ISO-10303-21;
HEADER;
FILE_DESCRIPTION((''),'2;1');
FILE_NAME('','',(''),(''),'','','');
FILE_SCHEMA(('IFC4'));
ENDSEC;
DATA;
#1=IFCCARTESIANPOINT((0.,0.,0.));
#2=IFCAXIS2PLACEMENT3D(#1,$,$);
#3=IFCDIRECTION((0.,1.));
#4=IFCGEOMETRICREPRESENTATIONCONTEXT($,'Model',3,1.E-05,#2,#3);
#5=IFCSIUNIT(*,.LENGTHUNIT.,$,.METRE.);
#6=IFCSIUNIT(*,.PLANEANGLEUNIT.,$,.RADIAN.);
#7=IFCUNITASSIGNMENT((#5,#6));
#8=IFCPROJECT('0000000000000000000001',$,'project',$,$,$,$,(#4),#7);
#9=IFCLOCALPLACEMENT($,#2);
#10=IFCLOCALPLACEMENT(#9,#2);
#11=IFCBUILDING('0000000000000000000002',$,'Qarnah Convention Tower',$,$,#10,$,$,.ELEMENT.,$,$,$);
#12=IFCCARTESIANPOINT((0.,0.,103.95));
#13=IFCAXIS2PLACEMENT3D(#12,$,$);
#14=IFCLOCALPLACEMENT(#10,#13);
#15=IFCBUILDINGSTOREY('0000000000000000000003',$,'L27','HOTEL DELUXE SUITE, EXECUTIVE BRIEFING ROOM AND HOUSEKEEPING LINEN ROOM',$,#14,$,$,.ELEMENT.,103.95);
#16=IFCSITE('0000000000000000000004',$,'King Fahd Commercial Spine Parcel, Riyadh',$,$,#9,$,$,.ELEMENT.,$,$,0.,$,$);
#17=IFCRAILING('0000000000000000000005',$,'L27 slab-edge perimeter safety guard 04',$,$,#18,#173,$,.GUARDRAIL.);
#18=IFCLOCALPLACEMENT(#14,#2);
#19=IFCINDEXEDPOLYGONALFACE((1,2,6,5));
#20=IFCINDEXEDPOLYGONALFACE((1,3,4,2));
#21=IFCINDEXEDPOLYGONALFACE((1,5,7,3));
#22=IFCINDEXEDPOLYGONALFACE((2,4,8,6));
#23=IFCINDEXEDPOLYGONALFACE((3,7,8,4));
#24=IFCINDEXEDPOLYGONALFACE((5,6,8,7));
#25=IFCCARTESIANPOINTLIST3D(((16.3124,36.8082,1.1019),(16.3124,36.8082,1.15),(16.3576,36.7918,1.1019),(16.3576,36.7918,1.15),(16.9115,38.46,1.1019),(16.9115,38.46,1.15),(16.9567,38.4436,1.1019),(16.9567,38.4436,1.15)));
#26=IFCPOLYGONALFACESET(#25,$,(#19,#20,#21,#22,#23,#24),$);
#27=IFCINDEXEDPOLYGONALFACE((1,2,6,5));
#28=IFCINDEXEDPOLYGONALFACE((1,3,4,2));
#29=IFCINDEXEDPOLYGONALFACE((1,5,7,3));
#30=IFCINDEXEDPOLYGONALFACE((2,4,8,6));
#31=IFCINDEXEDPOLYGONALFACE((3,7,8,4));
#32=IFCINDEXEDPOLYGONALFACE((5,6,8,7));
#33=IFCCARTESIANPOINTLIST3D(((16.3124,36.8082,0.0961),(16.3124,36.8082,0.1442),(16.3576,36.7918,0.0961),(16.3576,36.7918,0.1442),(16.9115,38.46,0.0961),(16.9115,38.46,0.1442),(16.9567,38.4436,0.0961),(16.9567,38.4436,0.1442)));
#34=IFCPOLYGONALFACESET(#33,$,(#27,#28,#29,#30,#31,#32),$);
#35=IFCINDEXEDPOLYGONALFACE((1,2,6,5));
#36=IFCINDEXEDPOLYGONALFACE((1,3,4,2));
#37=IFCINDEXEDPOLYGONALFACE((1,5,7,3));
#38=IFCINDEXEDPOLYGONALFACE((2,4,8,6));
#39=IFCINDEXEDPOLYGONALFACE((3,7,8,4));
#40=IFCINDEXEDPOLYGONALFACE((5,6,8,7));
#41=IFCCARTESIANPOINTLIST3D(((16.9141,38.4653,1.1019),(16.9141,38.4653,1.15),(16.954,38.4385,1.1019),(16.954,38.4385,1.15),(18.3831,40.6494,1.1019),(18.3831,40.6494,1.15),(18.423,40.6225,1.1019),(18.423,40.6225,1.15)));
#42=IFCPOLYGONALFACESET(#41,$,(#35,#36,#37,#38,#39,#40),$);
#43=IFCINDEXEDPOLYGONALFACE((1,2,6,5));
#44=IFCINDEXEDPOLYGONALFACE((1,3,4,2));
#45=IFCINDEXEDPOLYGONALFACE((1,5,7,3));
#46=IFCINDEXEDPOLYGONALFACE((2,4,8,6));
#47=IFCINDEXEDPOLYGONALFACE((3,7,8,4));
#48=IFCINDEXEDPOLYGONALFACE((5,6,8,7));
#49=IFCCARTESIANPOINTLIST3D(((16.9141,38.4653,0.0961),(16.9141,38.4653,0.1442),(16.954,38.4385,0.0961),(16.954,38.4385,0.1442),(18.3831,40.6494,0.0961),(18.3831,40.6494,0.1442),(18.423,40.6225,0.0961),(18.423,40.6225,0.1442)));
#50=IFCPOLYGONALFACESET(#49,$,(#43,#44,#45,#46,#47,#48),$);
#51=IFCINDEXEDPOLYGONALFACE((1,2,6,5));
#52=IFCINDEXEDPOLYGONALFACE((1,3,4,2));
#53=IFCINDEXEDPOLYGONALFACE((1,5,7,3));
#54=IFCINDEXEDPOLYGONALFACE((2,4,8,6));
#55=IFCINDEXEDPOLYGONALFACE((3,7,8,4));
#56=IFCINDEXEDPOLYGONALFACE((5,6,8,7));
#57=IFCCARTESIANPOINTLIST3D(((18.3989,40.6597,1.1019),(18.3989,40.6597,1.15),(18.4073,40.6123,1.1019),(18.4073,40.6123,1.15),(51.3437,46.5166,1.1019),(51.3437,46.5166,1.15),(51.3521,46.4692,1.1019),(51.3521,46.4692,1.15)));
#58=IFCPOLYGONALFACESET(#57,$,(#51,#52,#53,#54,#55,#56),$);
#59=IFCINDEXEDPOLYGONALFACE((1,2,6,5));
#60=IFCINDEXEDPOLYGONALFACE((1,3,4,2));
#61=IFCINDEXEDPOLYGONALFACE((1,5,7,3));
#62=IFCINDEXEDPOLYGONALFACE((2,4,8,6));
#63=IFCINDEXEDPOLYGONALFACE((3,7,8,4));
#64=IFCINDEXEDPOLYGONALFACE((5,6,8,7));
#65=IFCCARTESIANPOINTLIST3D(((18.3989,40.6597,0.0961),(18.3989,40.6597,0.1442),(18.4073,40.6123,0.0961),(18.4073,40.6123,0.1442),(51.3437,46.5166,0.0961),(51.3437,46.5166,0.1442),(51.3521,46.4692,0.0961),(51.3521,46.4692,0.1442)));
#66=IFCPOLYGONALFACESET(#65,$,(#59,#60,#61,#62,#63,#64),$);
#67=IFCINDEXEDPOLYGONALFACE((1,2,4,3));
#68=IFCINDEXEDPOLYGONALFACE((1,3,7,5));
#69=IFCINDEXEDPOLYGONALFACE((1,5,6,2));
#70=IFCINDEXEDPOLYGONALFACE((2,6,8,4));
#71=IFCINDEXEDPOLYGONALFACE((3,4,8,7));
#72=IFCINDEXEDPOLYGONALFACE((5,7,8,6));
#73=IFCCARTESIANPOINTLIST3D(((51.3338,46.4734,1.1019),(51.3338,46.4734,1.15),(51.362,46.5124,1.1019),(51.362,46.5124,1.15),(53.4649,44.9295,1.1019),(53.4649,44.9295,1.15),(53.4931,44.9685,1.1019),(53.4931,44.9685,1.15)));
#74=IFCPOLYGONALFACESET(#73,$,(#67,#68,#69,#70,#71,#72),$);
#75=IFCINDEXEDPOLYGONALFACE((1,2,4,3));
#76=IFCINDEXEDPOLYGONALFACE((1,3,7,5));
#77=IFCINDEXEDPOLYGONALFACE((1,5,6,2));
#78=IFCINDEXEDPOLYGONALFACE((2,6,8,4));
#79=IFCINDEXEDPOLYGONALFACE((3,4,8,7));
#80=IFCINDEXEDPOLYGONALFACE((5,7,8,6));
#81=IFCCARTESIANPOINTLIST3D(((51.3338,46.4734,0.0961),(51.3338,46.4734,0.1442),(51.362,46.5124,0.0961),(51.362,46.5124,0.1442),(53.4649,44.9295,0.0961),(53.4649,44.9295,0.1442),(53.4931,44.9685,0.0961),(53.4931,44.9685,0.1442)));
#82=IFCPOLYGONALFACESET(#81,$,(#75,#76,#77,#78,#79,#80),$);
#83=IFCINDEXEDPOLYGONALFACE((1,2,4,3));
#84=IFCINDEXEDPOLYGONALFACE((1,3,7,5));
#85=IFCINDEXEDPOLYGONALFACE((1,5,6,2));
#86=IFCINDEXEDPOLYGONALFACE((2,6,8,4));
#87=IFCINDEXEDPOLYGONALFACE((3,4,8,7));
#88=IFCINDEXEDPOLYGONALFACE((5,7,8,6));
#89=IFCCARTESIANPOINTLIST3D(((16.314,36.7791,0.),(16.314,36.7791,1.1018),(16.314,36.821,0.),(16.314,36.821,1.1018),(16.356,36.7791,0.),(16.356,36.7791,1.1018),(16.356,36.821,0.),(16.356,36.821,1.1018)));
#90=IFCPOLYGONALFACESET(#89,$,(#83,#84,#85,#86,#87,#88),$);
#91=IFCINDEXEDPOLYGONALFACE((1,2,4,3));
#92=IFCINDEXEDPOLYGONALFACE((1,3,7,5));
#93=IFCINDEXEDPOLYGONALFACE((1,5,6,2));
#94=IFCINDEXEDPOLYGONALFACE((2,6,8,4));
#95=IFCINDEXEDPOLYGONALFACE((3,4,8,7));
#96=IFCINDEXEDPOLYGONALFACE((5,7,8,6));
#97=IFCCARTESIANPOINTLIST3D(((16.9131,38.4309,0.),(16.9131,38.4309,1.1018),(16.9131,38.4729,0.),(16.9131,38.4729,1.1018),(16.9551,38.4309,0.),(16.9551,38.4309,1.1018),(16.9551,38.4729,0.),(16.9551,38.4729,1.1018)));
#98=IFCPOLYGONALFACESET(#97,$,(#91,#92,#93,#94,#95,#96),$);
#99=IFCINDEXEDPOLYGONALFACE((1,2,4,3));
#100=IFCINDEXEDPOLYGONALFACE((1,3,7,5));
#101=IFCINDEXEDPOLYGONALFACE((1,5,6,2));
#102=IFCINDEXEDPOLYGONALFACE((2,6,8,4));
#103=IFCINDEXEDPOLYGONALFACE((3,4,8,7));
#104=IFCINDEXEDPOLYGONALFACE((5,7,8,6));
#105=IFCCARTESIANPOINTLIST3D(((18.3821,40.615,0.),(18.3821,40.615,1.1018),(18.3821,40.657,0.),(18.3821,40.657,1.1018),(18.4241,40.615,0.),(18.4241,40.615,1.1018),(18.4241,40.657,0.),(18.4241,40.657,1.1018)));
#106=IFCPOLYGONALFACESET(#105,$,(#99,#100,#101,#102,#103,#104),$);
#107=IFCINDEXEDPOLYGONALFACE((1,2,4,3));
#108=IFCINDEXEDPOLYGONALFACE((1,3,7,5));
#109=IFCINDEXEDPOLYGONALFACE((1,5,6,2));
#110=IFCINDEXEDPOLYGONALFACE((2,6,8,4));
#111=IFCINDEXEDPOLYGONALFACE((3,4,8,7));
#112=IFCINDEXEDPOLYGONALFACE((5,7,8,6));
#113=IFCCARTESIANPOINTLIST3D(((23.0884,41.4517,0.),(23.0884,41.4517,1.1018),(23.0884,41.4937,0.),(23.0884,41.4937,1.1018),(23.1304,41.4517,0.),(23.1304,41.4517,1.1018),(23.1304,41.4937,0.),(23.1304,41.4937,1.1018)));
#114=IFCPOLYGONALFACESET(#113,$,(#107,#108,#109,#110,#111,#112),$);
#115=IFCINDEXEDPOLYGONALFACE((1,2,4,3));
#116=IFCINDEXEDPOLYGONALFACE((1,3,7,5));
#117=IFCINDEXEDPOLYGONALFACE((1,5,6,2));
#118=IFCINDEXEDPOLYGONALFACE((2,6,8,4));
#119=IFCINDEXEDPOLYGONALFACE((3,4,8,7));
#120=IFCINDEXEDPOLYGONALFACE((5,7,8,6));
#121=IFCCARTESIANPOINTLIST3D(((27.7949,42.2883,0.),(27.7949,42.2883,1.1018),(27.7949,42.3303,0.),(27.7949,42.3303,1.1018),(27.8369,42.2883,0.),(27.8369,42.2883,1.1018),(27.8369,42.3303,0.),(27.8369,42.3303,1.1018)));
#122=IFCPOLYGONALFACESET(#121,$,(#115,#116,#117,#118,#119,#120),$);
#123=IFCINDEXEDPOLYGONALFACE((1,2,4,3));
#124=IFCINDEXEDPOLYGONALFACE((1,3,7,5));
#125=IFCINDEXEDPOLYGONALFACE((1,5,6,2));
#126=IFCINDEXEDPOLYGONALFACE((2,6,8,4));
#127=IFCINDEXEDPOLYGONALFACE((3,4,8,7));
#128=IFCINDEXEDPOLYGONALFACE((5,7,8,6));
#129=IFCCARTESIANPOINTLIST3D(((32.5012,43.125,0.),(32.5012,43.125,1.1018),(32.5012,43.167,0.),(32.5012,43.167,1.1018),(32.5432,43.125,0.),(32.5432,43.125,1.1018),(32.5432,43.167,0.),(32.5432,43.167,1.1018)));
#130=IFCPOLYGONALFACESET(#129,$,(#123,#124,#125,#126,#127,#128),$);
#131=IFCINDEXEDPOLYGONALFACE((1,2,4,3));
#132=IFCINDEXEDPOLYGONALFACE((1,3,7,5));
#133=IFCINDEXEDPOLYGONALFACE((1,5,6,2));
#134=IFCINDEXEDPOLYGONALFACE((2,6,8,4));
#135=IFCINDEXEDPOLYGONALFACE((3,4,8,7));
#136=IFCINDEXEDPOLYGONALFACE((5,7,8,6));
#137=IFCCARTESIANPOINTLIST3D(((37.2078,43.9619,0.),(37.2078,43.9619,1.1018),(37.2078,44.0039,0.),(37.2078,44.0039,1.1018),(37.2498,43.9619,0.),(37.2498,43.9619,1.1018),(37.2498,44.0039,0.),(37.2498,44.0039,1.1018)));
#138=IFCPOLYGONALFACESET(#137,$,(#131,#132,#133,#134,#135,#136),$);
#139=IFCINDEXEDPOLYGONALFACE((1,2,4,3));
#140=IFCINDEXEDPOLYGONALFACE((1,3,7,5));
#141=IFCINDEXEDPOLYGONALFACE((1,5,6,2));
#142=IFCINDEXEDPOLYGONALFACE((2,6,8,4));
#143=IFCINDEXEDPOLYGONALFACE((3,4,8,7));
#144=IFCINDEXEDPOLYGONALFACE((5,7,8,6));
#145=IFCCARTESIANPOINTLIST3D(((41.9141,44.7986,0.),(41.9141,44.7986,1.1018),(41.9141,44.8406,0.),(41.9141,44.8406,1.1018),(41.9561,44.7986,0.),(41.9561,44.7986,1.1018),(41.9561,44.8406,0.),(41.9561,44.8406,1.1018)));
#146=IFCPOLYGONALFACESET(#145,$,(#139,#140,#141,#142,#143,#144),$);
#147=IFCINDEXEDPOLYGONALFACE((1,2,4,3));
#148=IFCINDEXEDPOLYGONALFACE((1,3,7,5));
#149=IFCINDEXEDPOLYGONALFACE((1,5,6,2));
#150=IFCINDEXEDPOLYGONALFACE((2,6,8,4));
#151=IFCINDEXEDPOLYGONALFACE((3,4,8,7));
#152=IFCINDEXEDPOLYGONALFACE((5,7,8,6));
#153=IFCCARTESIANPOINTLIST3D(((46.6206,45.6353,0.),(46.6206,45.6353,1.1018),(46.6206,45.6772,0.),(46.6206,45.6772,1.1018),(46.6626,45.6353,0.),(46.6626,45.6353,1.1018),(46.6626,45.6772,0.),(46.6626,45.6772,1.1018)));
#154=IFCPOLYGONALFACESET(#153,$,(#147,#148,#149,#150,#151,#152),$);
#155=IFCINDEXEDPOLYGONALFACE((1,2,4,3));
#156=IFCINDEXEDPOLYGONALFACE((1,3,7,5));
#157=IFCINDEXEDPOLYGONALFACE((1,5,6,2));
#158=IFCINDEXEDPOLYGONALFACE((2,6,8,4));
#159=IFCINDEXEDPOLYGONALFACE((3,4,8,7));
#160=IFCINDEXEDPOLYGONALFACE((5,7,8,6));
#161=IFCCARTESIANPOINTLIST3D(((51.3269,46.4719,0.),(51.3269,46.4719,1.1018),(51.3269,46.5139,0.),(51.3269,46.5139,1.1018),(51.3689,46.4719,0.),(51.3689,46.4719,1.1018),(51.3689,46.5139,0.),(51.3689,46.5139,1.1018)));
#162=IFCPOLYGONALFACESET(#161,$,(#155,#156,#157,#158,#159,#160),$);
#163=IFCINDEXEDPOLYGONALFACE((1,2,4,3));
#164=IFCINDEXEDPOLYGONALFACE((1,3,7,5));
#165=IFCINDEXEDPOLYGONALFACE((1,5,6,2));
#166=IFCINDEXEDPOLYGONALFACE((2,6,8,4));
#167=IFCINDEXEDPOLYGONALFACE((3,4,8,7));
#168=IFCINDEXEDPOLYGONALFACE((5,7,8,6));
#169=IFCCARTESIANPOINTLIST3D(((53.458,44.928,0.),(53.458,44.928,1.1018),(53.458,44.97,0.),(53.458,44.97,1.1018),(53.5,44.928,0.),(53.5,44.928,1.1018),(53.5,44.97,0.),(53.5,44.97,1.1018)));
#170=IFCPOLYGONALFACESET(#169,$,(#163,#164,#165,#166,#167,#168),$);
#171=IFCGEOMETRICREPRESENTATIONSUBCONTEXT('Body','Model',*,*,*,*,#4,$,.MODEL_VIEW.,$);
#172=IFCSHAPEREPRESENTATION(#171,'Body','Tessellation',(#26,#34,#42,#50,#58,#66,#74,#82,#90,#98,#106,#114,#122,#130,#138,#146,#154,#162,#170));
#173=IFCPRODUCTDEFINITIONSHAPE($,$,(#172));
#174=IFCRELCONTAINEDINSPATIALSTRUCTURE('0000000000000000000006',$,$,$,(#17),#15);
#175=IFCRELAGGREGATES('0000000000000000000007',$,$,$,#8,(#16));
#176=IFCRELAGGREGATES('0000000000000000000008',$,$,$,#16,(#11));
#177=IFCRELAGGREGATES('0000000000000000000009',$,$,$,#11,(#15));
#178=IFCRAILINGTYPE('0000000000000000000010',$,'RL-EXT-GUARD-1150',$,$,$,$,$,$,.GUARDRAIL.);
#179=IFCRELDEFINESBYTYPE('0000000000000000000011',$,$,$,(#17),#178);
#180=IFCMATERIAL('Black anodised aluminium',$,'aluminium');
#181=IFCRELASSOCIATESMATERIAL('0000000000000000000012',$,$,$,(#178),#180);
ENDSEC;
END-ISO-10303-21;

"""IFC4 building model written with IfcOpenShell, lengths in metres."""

from ifc_helpers import new_model, si_unit, direction, frame, origin, origin_2d, place, context, subcontext, project, spatial, rectangle, extrude, material, type_object, element, save


model = new_model("IFC4")

# Units and contexts
model_context = context("Model", 3, precision=1e-05, world=origin(), true_north=direction((0.0, 1.0)))
body_context = subcontext(model_context, "Body", "Model", "MODEL_VIEW")
ifc_project = project(units=[si_unit("LENGTHUNIT", "METRE"), si_unit("PLANEANGLEUNIT", "RADIAN")], contexts=[model_context])

# Site, building, storey
site_placement = place(None, origin())
site = spatial("IfcSite", under=ifc_project, at=site_placement, Name="King Fahd Commercial Spine Parcel, Riyadh", CompositionType="ELEMENT", RefElevation=0.0)
building_placement = place(site_placement, origin())
building = spatial("IfcBuilding", under=site, at=building_placement, Name="Qarnah Convention Tower", CompositionType="ELEMENT")
storey_placement = place(building_placement, frame((0.0, 0.0, 103.95)))
storey = spatial("IfcBuildingStorey", under=building, at=storey_placement, Name="L27", Description="HOTEL DELUXE SUITE, EXECUTIVE BRIEFING ROOM AND HOUSEKEEPING LINEN ROOM", CompositionType="ELEMENT", Elevation=103.95)

# Shared definitions
ifc_material_1 = material(Name="Black anodised aluminium", Category="aluminium")

# Railing
railing_type = type_object("IfcRailingType", Name="RL-EXT-GUARD-1150", PredefinedType="GUARDRAIL", material=ifc_material_1)
railing_1_placement = place(storey_placement, frame((16.335, 36.8, 0.0)))
element("IfcRailing", 1, at=railing_1_placement, inside=storey, type_object=railing_type, Name="L27 slab-edge perimeter safety guard 04", PredefinedType="GUARDRAIL", context=body_context, shape_type="SweptSolid", body=[
    extrude(rectangle(XDim=0.0481, YDim=0.0481, at=origin_2d()), frame((0.0, 0.0, 1.126), z_axis=(0.340962, 0.940077, 0.0), x_axis=(-0.940077, 0.340962, 0.0)), (0.0, 0.0, 1.0), 1.7571),
    extrude(rectangle(XDim=0.0481, YDim=0.0481, at=origin_2d()), frame((0.0, 0.0, 0.1201), z_axis=(0.340962, 0.940077, 0.0), x_axis=(-0.940077, 0.340962, 0.0)), (0.0, 0.0, 1.0), 1.7571),
    extrude(rectangle(XDim=0.0481, YDim=0.0481, at=origin_2d()), frame((0.5991, 1.6519, 1.126), z_axis=(0.558099, 0.829774, 0.0), x_axis=(-0.829774, 0.558099, 0.0)), (0.0, 0.0, 1.0), 2.6321),
    extrude(rectangle(XDim=0.0481, YDim=0.0481, at=origin_2d()), frame((0.5991, 1.6519, 0.1201), z_axis=(0.558099, 0.829774, 0.0), x_axis=(-0.829774, 0.558099, 0.0)), (0.0, 0.0, 1.0), 2.6321),
    extrude(rectangle(XDim=0.0481, YDim=0.0481, at=origin_2d()), frame((2.0681, 3.8359, 1.126), z_axis=(0.984562, 0.175036, 0.0), x_axis=(-0.175036, 0.984562, 0.0)), (0.0, 0.0, 1.0), 33.4614),
    extrude(rectangle(XDim=0.0481, YDim=0.0481, at=origin_2d()), frame((2.0681, 3.8359, 0.1201), z_axis=(0.984562, 0.175036, 0.0), x_axis=(-0.175036, 0.984562, 0.0)), (0.0, 0.0, 1.0), 33.4614),
    extrude(rectangle(XDim=0.0481, YDim=0.0481, at=origin_2d()), frame((35.0129, 9.6929, 1.126), z_axis=(0.80981, -0.586692, 0.0), x_axis=(0.586692, 0.80981, 0.0)), (0.0, 0.0, 1.0), 2.6316),
    extrude(rectangle(XDim=0.0481, YDim=0.0481, at=origin_2d()), frame((35.0129, 9.6929, 0.1201), z_axis=(0.80981, -0.586692, 0.0), x_axis=(0.586692, 0.80981, 0.0)), (0.0, 0.0, 1.0), 2.6316),
    extrude(rectangle(XDim=0.042, YDim=0.042, at=origin_2d()), origin(), (0.0, 0.0, 1.0), 1.1018),
    extrude(rectangle(XDim=0.042, YDim=0.042, at=origin_2d()), frame((0.5991, 1.6519, 0.0)), (0.0, 0.0, 1.0), 1.1018),
    extrude(rectangle(XDim=0.042, YDim=0.042, at=origin_2d()), frame((2.0681, 3.8359, 0.0)), (0.0, 0.0, 1.0), 1.1018),
    extrude(rectangle(XDim=0.042, YDim=0.042, at=origin_2d()), frame((6.7744, 4.6726, 0.0)), (0.0, 0.0, 1.0), 1.1018),
    extrude(rectangle(XDim=0.042, YDim=0.042, at=origin_2d()), frame((11.481, 5.5093, 0.0)), (0.0, 0.0, 1.0), 1.1018),
    extrude(rectangle(XDim=0.042, YDim=0.042, at=origin_2d()), frame((16.1873, 6.3459, 0.0)), (0.0, 0.0, 1.0), 1.1018),
    extrude(rectangle(XDim=0.042, YDim=0.042, at=origin_2d()), frame((20.8938, 7.1829, 0.0)), (0.0, 0.0, 1.0), 1.1018),
    extrude(rectangle(XDim=0.042, YDim=0.042, at=origin_2d()), frame((25.6001, 8.0195, 0.0)), (0.0, 0.0, 1.0), 1.1018),
    extrude(rectangle(XDim=0.042, YDim=0.042, at=origin_2d()), frame((30.3066, 8.8562, 0.0)), (0.0, 0.0, 1.0), 1.1018),
    extrude(rectangle(XDim=0.042, YDim=0.042, at=origin_2d()), frame((35.0129, 9.6929, 0.0)), (0.0, 0.0, 1.0), 1.1018),
    extrude(rectangle(XDim=0.042, YDim=0.042, at=origin_2d()), frame((37.144, 8.1489, 0.0)), (0.0, 0.0, 1.0), 1.1018),
])

save(model, "model.ifc")
